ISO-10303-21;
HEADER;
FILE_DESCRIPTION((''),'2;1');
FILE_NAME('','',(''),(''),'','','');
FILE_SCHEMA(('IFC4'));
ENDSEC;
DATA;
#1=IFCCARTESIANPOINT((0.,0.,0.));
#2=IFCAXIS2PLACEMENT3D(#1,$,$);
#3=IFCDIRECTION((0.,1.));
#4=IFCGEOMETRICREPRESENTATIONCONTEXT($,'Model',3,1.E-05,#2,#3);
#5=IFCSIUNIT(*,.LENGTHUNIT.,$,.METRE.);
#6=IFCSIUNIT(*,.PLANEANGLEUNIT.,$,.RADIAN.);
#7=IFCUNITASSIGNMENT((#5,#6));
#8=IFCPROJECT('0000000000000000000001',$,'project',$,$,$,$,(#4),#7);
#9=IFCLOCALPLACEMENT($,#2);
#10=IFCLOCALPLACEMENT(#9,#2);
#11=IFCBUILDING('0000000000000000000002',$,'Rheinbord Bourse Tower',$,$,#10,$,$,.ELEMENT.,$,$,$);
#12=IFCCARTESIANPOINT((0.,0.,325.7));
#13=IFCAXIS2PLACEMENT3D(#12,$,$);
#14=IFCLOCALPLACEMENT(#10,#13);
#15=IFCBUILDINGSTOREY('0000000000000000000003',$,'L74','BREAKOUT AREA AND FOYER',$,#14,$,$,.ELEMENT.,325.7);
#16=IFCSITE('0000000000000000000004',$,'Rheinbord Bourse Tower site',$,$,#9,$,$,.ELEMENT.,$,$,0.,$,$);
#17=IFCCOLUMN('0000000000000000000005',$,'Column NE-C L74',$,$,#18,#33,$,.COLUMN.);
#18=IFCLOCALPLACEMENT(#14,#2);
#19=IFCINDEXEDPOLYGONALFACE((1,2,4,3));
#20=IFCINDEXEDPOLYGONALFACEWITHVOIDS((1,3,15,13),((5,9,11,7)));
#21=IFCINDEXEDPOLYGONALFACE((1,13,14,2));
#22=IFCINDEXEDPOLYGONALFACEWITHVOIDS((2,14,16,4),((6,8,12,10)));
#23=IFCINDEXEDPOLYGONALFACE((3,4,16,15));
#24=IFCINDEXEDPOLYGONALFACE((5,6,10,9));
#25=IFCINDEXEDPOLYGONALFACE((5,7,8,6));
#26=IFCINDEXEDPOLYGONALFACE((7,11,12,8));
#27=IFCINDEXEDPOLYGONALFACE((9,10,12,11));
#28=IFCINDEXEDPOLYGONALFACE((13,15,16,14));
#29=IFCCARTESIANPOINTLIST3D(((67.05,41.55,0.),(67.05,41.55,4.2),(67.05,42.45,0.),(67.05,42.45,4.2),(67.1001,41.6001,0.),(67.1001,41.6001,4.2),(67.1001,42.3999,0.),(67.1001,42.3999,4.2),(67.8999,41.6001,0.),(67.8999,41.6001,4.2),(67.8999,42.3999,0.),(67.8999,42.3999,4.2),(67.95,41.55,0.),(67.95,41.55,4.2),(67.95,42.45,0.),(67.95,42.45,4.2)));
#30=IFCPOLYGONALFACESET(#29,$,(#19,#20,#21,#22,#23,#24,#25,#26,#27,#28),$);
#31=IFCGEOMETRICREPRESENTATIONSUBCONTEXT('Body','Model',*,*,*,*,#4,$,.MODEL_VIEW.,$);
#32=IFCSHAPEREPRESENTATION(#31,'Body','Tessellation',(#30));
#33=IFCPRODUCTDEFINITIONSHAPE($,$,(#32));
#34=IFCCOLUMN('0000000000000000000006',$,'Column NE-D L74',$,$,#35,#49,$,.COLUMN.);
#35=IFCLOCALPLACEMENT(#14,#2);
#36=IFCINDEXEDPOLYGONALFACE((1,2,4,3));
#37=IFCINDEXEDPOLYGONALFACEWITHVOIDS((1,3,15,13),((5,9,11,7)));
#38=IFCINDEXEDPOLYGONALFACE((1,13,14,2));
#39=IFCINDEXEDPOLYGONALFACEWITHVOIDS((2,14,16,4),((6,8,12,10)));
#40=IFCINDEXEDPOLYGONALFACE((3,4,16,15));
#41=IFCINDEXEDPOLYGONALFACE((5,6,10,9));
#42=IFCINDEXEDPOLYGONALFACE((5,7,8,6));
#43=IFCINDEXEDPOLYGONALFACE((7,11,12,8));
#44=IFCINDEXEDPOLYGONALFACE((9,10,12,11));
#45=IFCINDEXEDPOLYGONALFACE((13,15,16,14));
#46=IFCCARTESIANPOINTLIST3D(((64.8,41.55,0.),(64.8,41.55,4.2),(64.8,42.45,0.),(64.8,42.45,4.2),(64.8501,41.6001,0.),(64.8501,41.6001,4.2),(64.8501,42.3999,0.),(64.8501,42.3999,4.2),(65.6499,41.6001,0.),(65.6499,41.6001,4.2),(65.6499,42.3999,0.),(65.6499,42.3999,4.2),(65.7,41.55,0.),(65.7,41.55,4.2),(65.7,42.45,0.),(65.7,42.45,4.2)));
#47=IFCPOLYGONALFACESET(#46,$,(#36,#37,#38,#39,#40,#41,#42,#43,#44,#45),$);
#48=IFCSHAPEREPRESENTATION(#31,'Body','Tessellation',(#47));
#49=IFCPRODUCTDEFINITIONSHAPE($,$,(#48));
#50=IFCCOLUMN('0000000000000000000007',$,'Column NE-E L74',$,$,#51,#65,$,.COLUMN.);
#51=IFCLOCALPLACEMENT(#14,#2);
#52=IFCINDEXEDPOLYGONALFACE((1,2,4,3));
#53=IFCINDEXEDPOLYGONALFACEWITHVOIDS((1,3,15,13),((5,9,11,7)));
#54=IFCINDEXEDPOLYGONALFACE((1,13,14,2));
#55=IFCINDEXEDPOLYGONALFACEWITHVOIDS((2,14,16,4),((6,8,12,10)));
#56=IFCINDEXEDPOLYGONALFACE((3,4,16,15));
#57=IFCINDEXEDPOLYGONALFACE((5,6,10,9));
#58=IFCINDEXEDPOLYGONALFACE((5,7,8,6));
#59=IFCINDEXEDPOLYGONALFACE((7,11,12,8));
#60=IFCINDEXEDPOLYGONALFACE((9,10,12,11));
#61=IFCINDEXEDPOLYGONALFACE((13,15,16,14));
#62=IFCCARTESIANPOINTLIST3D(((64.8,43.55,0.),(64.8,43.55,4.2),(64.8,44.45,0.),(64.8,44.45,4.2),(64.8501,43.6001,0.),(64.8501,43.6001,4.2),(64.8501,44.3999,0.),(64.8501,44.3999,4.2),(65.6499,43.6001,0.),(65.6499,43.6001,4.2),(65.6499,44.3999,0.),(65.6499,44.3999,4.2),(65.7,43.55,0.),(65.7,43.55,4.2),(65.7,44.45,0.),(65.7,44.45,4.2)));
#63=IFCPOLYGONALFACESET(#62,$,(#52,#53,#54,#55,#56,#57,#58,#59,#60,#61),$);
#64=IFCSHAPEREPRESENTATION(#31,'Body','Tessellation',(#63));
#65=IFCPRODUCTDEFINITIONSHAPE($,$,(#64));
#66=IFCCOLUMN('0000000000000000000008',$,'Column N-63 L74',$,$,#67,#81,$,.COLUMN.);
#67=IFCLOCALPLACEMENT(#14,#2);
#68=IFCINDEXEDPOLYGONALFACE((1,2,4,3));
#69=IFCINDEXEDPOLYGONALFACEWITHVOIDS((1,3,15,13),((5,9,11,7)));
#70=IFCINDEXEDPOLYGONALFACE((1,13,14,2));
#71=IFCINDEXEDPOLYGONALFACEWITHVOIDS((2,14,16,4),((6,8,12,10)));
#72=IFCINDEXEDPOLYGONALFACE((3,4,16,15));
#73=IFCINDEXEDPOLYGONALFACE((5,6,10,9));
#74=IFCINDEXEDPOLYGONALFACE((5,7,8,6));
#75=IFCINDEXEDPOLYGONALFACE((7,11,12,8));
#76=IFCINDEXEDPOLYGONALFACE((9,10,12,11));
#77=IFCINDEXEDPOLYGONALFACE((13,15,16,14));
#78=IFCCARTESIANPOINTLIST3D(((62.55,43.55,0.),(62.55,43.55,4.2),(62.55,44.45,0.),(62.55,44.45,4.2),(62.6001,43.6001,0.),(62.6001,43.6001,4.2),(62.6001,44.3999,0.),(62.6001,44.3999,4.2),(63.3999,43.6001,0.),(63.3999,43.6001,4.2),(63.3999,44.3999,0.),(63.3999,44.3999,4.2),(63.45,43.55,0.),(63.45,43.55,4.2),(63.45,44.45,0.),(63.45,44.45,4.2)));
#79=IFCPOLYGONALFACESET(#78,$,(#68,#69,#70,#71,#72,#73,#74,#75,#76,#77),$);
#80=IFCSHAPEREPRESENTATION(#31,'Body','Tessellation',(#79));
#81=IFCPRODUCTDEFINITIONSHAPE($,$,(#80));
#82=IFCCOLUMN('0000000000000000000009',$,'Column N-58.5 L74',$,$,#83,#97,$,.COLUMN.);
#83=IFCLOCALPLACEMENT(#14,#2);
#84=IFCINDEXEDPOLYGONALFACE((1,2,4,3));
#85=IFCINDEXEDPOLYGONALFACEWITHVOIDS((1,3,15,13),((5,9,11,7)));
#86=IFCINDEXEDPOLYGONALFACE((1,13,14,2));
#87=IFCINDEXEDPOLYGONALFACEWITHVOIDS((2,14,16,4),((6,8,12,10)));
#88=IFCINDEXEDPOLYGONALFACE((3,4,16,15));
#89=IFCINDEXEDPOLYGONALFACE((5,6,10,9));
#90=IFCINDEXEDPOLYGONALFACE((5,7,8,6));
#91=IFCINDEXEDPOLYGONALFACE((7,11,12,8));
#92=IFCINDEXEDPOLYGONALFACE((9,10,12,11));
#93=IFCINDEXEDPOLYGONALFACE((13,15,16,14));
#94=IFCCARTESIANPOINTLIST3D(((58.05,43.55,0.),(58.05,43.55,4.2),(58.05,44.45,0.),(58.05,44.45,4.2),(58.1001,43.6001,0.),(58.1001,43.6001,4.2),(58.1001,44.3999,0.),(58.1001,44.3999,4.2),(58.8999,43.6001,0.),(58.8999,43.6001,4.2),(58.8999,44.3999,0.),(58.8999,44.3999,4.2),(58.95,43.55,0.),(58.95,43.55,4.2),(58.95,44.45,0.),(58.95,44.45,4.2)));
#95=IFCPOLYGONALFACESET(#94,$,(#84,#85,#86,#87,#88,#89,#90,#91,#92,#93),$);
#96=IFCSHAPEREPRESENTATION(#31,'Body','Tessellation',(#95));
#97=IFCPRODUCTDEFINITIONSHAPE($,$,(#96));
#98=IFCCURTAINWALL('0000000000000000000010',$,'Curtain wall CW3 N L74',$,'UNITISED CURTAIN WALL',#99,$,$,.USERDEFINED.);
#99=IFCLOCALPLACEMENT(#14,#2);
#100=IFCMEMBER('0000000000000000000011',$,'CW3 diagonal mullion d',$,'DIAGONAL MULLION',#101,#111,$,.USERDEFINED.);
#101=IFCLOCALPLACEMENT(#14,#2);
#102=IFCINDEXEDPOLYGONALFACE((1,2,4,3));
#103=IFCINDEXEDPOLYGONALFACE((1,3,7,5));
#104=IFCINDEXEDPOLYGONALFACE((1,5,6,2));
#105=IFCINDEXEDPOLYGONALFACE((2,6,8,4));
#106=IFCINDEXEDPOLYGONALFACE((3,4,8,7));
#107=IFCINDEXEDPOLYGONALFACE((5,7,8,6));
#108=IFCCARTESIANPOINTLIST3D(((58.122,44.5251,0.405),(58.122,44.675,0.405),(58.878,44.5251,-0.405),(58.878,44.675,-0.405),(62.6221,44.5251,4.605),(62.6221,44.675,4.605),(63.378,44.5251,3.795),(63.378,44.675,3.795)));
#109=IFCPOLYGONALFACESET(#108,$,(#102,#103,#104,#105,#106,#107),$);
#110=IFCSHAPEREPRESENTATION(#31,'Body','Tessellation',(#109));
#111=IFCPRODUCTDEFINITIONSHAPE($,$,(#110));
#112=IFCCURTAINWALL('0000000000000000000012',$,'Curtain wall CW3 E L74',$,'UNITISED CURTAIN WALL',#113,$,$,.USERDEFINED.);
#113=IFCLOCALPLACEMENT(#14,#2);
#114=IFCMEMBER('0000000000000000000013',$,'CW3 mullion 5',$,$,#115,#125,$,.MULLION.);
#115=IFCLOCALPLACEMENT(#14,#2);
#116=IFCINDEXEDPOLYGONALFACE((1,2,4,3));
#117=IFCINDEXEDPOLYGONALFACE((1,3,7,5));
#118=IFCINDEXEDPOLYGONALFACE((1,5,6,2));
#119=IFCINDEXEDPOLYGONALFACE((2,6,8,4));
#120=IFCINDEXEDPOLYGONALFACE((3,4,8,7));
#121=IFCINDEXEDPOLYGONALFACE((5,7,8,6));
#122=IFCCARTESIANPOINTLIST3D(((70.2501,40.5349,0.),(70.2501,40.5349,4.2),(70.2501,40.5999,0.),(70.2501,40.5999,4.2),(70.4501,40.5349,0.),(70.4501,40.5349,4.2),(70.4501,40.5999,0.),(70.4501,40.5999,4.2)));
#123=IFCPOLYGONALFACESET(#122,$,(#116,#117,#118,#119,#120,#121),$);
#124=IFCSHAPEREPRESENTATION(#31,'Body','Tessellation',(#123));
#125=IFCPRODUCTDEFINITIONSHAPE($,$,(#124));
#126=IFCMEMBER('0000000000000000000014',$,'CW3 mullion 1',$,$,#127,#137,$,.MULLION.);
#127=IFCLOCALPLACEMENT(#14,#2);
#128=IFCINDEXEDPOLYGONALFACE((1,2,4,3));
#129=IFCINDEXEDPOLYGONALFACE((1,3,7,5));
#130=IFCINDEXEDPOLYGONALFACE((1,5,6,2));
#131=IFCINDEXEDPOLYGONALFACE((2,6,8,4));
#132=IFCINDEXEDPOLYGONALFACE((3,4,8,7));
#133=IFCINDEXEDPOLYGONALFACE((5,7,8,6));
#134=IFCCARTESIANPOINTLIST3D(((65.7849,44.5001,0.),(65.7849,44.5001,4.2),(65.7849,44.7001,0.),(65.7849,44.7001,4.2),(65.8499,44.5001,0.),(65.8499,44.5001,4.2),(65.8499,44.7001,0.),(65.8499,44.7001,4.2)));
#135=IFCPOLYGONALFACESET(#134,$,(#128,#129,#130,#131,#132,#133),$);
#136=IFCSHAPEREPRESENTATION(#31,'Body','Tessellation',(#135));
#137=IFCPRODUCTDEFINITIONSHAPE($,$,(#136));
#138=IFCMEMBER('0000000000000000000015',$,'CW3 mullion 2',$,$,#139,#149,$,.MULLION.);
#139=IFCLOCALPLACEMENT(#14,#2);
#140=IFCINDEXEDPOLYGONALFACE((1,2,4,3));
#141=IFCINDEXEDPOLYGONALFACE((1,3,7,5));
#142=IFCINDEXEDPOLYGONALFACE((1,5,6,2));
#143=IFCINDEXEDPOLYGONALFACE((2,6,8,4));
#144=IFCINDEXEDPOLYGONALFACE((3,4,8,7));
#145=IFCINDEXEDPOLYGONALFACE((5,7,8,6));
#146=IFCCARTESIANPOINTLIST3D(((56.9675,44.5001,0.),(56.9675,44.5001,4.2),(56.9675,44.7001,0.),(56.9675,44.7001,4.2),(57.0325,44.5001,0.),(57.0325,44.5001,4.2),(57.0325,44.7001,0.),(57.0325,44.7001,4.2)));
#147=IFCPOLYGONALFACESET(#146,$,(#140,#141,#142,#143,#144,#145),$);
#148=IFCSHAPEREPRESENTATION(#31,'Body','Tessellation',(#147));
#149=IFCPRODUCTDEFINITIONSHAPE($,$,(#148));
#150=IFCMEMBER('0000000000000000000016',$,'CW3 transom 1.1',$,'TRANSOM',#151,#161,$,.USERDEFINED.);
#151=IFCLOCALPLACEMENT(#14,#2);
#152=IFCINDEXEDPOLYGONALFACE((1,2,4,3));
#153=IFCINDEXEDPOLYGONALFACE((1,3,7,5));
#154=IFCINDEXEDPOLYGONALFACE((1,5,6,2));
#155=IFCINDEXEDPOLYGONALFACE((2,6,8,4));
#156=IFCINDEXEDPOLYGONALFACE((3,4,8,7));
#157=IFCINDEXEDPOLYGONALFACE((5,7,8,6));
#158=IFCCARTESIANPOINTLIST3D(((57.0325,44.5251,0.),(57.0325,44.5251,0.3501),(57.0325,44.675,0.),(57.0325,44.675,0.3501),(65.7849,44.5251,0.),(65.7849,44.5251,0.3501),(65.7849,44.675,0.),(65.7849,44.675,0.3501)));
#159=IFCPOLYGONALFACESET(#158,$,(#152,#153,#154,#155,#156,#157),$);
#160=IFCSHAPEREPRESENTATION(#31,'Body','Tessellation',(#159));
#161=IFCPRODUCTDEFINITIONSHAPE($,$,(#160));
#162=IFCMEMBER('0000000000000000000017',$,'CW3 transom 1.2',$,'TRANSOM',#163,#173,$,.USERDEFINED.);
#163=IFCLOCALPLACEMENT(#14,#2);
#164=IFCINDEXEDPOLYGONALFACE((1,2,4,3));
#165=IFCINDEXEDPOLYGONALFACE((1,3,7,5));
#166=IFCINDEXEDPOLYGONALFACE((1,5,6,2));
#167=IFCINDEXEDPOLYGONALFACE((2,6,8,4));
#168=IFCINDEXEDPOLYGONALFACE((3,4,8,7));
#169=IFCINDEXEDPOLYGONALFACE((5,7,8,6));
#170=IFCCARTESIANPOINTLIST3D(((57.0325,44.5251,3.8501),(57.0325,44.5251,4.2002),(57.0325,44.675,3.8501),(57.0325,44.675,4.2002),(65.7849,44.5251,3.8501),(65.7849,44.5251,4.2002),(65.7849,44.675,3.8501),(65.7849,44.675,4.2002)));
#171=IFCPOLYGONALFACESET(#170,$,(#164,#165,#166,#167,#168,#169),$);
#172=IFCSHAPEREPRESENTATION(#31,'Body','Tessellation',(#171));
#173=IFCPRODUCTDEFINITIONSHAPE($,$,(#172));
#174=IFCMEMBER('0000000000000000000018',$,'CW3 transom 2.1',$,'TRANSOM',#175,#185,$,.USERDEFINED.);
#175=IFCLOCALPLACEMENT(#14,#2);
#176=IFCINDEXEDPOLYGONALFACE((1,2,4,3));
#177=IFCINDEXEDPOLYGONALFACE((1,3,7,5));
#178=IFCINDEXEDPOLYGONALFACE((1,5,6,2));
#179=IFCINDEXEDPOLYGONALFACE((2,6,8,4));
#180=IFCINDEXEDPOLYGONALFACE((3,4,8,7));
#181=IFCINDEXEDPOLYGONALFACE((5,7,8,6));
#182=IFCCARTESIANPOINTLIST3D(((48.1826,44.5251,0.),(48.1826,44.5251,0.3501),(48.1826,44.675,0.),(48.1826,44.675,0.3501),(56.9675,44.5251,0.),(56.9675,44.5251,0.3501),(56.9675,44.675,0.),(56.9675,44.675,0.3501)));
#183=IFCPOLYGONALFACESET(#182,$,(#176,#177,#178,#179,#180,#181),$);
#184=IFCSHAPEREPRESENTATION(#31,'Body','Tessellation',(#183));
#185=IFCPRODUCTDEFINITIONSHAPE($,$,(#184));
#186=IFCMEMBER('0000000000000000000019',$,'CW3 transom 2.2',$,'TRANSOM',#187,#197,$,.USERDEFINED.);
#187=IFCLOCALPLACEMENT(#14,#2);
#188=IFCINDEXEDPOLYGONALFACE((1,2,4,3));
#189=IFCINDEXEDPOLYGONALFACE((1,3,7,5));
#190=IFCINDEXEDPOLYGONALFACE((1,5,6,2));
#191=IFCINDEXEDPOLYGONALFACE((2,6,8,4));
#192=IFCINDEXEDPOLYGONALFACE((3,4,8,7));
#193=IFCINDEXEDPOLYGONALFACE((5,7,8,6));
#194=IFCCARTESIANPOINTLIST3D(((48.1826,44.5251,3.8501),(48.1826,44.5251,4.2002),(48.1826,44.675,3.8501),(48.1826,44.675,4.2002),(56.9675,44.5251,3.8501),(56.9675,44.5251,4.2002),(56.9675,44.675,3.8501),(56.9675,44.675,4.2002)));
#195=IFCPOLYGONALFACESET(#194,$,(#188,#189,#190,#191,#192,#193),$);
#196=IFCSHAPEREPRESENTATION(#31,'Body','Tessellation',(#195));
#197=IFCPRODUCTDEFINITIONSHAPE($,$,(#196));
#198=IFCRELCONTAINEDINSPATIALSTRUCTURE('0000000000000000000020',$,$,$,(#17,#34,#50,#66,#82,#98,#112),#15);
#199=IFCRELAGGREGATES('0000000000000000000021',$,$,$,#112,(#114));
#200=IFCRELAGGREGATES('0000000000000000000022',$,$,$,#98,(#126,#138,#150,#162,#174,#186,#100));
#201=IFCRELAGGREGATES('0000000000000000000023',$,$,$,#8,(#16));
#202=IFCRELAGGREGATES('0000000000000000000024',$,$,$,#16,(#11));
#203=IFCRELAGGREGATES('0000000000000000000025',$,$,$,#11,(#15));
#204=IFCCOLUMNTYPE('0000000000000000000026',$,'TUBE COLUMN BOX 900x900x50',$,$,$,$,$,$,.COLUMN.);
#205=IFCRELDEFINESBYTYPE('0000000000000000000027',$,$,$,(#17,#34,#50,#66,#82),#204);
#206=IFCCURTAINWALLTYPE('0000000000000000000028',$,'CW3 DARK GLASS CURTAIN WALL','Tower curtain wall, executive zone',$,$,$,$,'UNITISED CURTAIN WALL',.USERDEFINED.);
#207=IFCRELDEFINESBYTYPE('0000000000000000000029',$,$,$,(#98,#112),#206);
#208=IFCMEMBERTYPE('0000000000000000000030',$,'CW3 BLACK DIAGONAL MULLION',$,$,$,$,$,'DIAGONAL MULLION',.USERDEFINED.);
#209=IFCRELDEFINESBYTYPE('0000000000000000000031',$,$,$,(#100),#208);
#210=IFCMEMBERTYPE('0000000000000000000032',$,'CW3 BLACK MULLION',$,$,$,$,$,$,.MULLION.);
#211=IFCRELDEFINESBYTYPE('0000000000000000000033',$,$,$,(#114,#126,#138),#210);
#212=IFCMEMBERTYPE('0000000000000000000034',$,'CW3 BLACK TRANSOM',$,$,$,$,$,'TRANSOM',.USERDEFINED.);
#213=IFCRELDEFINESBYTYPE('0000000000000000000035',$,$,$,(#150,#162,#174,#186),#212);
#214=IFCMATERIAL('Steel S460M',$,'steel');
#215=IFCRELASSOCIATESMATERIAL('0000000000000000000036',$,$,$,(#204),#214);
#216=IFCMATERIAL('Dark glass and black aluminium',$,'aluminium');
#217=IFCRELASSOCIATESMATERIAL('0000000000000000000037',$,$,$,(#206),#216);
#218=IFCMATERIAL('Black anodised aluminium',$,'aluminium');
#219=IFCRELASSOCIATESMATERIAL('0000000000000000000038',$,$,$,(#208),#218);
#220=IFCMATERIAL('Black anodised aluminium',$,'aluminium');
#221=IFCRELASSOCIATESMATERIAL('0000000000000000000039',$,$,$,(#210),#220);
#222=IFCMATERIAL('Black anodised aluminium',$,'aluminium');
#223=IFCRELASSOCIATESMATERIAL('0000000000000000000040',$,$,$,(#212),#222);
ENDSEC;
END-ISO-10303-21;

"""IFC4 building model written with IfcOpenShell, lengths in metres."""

from ifc_helpers import new_model, si_unit, direction, frame, origin, origin_2d, place, context, subcontext, project, spatial, rectangle, hollow_rectangle, extrude, material, material_profile, profile_set, type_object, element, aggregate, save


model = new_model("IFC4")

# Units and contexts
model_context = context("Model", 3, precision=1e-05, world=origin(), true_north=direction((0.0, 1.0)))
body_context = subcontext(model_context, "Body", "Model", "MODEL_VIEW")
ifc_project = project(units=[si_unit("LENGTHUNIT", "METRE"), si_unit("PLANEANGLEUNIT", "RADIAN")], contexts=[model_context])

# Site, building, storey
site_placement = place(None, origin())
site = spatial("IfcSite", under=ifc_project, at=site_placement, Name="Rheinbord Bourse Tower site", CompositionType="ELEMENT", RefElevation=0.0)
building_placement = place(site_placement, origin())
building = spatial("IfcBuilding", under=site, at=building_placement, Name="Rheinbord Bourse Tower", CompositionType="ELEMENT")
storey_placement = place(building_placement, frame((0.0, 0.0, 325.7)))
storey = spatial("IfcBuildingStorey", under=building, at=storey_placement, Name="L74", Description="BREAKOUT AREA AND FOYER", CompositionType="ELEMENT", Elevation=325.7)

# Columns
ifc_material_1 = material(Name="Steel S460M", Category="steel")
ifc_material_profile_1 = material_profile(ifc_material_1, hollow_rectangle(XDim=0.8999, YDim=0.8999, WallThickness=0.05, at=origin_2d()), Name="BOX 900x900x50")
ifc_profile_set_1 = profile_set([ifc_material_profile_1], Name="Steel S460M")
column_type = type_object("IfcColumnType", Name="TUBE COLUMN BOX 900x900x50", PredefinedType="COLUMN", material=ifc_profile_set_1)
for number, where, z_axis, x_axis, name in (
    (1, (67.5, 42.0, 0.0), (0.0, 0.0, 1.0), (1.0, 0.0, 0.0), "Column NE-C L74"),
    (2, (65.25, 42.0, 0.0), (0.0, 0.0, 1.0), (0.0, 1.0, 0.0), "Column NE-D L74"),
    (3, (65.25, 44.0, 0.0), (0.0, 0.0, 1.0), (0.0, 1.0, 0.0), "Column NE-E L74"),
    (4, (63.0, 44.0, 0.0), (0.0, 0.0, 1.0), (0.0, 1.0, 0.0), "Column N-63 L74"),
    (5, (58.5, 44.0, 0.0), (0.0, 0.0, 1.0), (0.0, 1.0, 0.0), "Column N-58.5 L74"),
):
    element("IfcColumn", number, at=place(storey_placement, frame(where, z_axis=z_axis, x_axis=x_axis)), inside=storey, type_object=column_type, Name=name, PredefinedType="COLUMN", context=body_context, shape_type="SweptSolid", body=[
        extrude(hollow_rectangle(XDim=0.8999, YDim=0.8999, WallThickness=0.05, at=origin_2d()), origin(), (0.0, 0.0, 1.0), 4.2),
    ])

# Curtain walls, members
ifc_material_2 = material(Name="Dark glass and black aluminium", Category="aluminium")
curtain_wall_type = type_object("IfcCurtainWallType", Name="CW3 DARK GLASS CURTAIN WALL", Description="Tower curtain wall, executive zone", ElementType="UNITISED CURTAIN WALL", PredefinedType="USERDEFINED", material=ifc_material_2)
curtain_wall_1_placement = place(storey_placement, origin())
curtain_wall_1 = element("IfcCurtainWall", 6, at=curtain_wall_1_placement, inside=storey, type_object=curtain_wall_type, Name="Curtain wall CW3 N L74", ObjectType="UNITISED CURTAIN WALL", PredefinedType="USERDEFINED")
ifc_material_3 = material(Name="Black anodised aluminium", Category="aluminium")
ifc_material_profile_2 = material_profile(ifc_material_3, rectangle(XDim=0.1499, YDim=1.1079, at=origin_2d()), Name="CW3 DIAGONAL MULLION 1108x150")
ifc_profile_set_2 = profile_set([ifc_material_profile_2], Name="Black anodised aluminium")
member_type_1 = type_object("IfcMemberType", Name="CW3 BLACK DIAGONAL MULLION", ElementType="DIAGONAL MULLION", PredefinedType="USERDEFINED", material=ifc_profile_set_2)
member_1_placement = place(storey_placement, frame((58.5, 44.6001, 0.0), z_axis=(0.731059, 0.0, 0.682314), x_axis=(0.0, 1.0, 0.0)))
member_1 = element("IfcMember", 7, at=member_1_placement, type_object=member_type_1, Name="CW3 diagonal mullion d", ObjectType="DIAGONAL MULLION", PredefinedType="USERDEFINED", context=body_context, shape_type="SweptSolid", body=[
    extrude(rectangle(XDim=0.1499, YDim=1.1079, at=origin_2d()), origin(), (0.0, 0.0, 1.0), 6.1555),
])
curtain_wall_2_placement = place(storey_placement, origin())
curtain_wall_2 = element("IfcCurtainWall", 8, at=curtain_wall_2_placement, inside=storey, type_object=curtain_wall_type, Name="Curtain wall CW3 E L74", ObjectType="UNITISED CURTAIN WALL", PredefinedType="USERDEFINED")
ifc_material_4 = material(Name="Black anodised aluminium", Category="aluminium")
ifc_material_profile_3 = material_profile(ifc_material_4, rectangle(XDim=0.2, YDim=0.0649, at=origin_2d()), Name="CW3 MULLION 65x200")
ifc_profile_set_3 = profile_set([ifc_material_profile_3], Name="Black anodised aluminium")
member_type_2 = type_object("IfcMemberType", Name="CW3 BLACK MULLION", PredefinedType="MULLION", material=ifc_profile_set_3)
member_2_placement = place(storey_placement, frame((70.3501, 40.5674, 0.0), z_axis=(0.0, 0.0, 1.0), x_axis=(-1.0, 0.0, 0.0)))
member_2 = element("IfcMember", 9, at=member_2_placement, type_object=member_type_2, Name="CW3 mullion 5", PredefinedType="MULLION", context=body_context, shape_type="SweptSolid", body=[
    extrude(rectangle(XDim=0.2, YDim=0.0649, at=origin_2d()), origin(), (0.0, 0.0, 1.0), 4.2),
])

# Members
member_3_placement = place(storey_placement, frame((65.8174, 44.6001, 0.0), z_axis=(0.0, 0.0, 1.0), x_axis=(0.0, -1.0, 0.0)))
member_3 = element("IfcMember", 10, at=member_3_placement, type_object=member_type_2, Name="CW3 mullion 1", PredefinedType="MULLION", context=body_context, shape_type="SweptSolid", body=[
    extrude(rectangle(XDim=0.2, YDim=0.0649, at=origin_2d()), origin(), (0.0, 0.0, 1.0), 4.2),
])
member_4_placement = place(storey_placement, frame((57.0, 44.6001, 0.0), z_axis=(0.0, 0.0, 1.0), x_axis=(0.0, -1.0, 0.0)))
member_4 = element("IfcMember", 11, at=member_4_placement, type_object=member_type_2, Name="CW3 mullion 2", PredefinedType="MULLION", context=body_context, shape_type="SweptSolid", body=[
    extrude(rectangle(XDim=0.2, YDim=0.0649, at=origin_2d()), origin(), (0.0, 0.0, 1.0), 4.2),
])
ifc_material_5 = material(Name="Black anodised aluminium", Category="aluminium")
ifc_material_profile_4 = material_profile(ifc_material_5, rectangle(XDim=0.1499, YDim=0.3501, at=origin_2d()), Name="CW3 TRANSOM 350x150")
ifc_profile_set_4 = profile_set([ifc_material_profile_4], Name="Black anodised aluminium")
member_type_3 = type_object("IfcMemberType", Name="CW3 BLACK TRANSOM", ElementType="TRANSOM", PredefinedType="USERDEFINED", material=ifc_profile_set_4)
member_5_placement = place(storey_placement, frame((65.7849, 44.6001, 0.175), z_axis=(-1.0, 0.0, 0.0), x_axis=(0.0, -1.0, 0.0)))
member_5 = element("IfcMember", 12, at=member_5_placement, type_object=member_type_3, Name="CW3 transom 1.1", ObjectType="TRANSOM", PredefinedType="USERDEFINED", context=body_context, shape_type="SweptSolid", body=[
    extrude(rectangle(XDim=0.1499, YDim=0.3501, at=origin_2d()), origin(), (0.0, 0.0, 1.0), 8.7524),
])
member_6_placement = place(storey_placement, frame((65.7849, 44.6001, 4.0251), z_axis=(-1.0, 0.0, 0.0), x_axis=(0.0, -1.0, 0.0)))
member_6 = element("IfcMember", 13, at=member_6_placement, type_object=member_type_3, Name="CW3 transom 1.2", ObjectType="TRANSOM", PredefinedType="USERDEFINED", context=body_context, shape_type="SweptSolid", body=[
    extrude(rectangle(XDim=0.1499, YDim=0.3501, at=origin_2d()), origin(), (0.0, 0.0, 1.0), 8.7524),
])
member_7_placement = place(storey_placement, frame((56.9675, 44.6001, 0.175), z_axis=(-1.0, 0.0, 0.0), x_axis=(0.0, -1.0, 0.0)))
member_7 = element("IfcMember", 14, at=member_7_placement, type_object=member_type_3, Name="CW3 transom 2.1", ObjectType="TRANSOM", PredefinedType="USERDEFINED", context=body_context, shape_type="SweptSolid", body=[
    extrude(rectangle(XDim=0.1499, YDim=0.3501, at=origin_2d()), origin(), (0.0, 0.0, 1.0), 8.7849),
])
member_8_placement = place(storey_placement, frame((56.9675, 44.6001, 4.0251), z_axis=(-1.0, 0.0, 0.0), x_axis=(0.0, -1.0, 0.0)))
member_8 = element("IfcMember", 15, at=member_8_placement, type_object=member_type_3, Name="CW3 transom 2.2", ObjectType="TRANSOM", PredefinedType="USERDEFINED", context=body_context, shape_type="SweptSolid", body=[
    extrude(rectangle(XDim=0.1499, YDim=0.3501, at=origin_2d()), origin(), (0.0, 0.0, 1.0), 8.7849),
])

aggregate(curtain_wall_2, [member_2])
aggregate(curtain_wall_1, [member_3, member_4, member_5, member_6, member_7, member_8, member_1])

save(model, "model.ifc")
